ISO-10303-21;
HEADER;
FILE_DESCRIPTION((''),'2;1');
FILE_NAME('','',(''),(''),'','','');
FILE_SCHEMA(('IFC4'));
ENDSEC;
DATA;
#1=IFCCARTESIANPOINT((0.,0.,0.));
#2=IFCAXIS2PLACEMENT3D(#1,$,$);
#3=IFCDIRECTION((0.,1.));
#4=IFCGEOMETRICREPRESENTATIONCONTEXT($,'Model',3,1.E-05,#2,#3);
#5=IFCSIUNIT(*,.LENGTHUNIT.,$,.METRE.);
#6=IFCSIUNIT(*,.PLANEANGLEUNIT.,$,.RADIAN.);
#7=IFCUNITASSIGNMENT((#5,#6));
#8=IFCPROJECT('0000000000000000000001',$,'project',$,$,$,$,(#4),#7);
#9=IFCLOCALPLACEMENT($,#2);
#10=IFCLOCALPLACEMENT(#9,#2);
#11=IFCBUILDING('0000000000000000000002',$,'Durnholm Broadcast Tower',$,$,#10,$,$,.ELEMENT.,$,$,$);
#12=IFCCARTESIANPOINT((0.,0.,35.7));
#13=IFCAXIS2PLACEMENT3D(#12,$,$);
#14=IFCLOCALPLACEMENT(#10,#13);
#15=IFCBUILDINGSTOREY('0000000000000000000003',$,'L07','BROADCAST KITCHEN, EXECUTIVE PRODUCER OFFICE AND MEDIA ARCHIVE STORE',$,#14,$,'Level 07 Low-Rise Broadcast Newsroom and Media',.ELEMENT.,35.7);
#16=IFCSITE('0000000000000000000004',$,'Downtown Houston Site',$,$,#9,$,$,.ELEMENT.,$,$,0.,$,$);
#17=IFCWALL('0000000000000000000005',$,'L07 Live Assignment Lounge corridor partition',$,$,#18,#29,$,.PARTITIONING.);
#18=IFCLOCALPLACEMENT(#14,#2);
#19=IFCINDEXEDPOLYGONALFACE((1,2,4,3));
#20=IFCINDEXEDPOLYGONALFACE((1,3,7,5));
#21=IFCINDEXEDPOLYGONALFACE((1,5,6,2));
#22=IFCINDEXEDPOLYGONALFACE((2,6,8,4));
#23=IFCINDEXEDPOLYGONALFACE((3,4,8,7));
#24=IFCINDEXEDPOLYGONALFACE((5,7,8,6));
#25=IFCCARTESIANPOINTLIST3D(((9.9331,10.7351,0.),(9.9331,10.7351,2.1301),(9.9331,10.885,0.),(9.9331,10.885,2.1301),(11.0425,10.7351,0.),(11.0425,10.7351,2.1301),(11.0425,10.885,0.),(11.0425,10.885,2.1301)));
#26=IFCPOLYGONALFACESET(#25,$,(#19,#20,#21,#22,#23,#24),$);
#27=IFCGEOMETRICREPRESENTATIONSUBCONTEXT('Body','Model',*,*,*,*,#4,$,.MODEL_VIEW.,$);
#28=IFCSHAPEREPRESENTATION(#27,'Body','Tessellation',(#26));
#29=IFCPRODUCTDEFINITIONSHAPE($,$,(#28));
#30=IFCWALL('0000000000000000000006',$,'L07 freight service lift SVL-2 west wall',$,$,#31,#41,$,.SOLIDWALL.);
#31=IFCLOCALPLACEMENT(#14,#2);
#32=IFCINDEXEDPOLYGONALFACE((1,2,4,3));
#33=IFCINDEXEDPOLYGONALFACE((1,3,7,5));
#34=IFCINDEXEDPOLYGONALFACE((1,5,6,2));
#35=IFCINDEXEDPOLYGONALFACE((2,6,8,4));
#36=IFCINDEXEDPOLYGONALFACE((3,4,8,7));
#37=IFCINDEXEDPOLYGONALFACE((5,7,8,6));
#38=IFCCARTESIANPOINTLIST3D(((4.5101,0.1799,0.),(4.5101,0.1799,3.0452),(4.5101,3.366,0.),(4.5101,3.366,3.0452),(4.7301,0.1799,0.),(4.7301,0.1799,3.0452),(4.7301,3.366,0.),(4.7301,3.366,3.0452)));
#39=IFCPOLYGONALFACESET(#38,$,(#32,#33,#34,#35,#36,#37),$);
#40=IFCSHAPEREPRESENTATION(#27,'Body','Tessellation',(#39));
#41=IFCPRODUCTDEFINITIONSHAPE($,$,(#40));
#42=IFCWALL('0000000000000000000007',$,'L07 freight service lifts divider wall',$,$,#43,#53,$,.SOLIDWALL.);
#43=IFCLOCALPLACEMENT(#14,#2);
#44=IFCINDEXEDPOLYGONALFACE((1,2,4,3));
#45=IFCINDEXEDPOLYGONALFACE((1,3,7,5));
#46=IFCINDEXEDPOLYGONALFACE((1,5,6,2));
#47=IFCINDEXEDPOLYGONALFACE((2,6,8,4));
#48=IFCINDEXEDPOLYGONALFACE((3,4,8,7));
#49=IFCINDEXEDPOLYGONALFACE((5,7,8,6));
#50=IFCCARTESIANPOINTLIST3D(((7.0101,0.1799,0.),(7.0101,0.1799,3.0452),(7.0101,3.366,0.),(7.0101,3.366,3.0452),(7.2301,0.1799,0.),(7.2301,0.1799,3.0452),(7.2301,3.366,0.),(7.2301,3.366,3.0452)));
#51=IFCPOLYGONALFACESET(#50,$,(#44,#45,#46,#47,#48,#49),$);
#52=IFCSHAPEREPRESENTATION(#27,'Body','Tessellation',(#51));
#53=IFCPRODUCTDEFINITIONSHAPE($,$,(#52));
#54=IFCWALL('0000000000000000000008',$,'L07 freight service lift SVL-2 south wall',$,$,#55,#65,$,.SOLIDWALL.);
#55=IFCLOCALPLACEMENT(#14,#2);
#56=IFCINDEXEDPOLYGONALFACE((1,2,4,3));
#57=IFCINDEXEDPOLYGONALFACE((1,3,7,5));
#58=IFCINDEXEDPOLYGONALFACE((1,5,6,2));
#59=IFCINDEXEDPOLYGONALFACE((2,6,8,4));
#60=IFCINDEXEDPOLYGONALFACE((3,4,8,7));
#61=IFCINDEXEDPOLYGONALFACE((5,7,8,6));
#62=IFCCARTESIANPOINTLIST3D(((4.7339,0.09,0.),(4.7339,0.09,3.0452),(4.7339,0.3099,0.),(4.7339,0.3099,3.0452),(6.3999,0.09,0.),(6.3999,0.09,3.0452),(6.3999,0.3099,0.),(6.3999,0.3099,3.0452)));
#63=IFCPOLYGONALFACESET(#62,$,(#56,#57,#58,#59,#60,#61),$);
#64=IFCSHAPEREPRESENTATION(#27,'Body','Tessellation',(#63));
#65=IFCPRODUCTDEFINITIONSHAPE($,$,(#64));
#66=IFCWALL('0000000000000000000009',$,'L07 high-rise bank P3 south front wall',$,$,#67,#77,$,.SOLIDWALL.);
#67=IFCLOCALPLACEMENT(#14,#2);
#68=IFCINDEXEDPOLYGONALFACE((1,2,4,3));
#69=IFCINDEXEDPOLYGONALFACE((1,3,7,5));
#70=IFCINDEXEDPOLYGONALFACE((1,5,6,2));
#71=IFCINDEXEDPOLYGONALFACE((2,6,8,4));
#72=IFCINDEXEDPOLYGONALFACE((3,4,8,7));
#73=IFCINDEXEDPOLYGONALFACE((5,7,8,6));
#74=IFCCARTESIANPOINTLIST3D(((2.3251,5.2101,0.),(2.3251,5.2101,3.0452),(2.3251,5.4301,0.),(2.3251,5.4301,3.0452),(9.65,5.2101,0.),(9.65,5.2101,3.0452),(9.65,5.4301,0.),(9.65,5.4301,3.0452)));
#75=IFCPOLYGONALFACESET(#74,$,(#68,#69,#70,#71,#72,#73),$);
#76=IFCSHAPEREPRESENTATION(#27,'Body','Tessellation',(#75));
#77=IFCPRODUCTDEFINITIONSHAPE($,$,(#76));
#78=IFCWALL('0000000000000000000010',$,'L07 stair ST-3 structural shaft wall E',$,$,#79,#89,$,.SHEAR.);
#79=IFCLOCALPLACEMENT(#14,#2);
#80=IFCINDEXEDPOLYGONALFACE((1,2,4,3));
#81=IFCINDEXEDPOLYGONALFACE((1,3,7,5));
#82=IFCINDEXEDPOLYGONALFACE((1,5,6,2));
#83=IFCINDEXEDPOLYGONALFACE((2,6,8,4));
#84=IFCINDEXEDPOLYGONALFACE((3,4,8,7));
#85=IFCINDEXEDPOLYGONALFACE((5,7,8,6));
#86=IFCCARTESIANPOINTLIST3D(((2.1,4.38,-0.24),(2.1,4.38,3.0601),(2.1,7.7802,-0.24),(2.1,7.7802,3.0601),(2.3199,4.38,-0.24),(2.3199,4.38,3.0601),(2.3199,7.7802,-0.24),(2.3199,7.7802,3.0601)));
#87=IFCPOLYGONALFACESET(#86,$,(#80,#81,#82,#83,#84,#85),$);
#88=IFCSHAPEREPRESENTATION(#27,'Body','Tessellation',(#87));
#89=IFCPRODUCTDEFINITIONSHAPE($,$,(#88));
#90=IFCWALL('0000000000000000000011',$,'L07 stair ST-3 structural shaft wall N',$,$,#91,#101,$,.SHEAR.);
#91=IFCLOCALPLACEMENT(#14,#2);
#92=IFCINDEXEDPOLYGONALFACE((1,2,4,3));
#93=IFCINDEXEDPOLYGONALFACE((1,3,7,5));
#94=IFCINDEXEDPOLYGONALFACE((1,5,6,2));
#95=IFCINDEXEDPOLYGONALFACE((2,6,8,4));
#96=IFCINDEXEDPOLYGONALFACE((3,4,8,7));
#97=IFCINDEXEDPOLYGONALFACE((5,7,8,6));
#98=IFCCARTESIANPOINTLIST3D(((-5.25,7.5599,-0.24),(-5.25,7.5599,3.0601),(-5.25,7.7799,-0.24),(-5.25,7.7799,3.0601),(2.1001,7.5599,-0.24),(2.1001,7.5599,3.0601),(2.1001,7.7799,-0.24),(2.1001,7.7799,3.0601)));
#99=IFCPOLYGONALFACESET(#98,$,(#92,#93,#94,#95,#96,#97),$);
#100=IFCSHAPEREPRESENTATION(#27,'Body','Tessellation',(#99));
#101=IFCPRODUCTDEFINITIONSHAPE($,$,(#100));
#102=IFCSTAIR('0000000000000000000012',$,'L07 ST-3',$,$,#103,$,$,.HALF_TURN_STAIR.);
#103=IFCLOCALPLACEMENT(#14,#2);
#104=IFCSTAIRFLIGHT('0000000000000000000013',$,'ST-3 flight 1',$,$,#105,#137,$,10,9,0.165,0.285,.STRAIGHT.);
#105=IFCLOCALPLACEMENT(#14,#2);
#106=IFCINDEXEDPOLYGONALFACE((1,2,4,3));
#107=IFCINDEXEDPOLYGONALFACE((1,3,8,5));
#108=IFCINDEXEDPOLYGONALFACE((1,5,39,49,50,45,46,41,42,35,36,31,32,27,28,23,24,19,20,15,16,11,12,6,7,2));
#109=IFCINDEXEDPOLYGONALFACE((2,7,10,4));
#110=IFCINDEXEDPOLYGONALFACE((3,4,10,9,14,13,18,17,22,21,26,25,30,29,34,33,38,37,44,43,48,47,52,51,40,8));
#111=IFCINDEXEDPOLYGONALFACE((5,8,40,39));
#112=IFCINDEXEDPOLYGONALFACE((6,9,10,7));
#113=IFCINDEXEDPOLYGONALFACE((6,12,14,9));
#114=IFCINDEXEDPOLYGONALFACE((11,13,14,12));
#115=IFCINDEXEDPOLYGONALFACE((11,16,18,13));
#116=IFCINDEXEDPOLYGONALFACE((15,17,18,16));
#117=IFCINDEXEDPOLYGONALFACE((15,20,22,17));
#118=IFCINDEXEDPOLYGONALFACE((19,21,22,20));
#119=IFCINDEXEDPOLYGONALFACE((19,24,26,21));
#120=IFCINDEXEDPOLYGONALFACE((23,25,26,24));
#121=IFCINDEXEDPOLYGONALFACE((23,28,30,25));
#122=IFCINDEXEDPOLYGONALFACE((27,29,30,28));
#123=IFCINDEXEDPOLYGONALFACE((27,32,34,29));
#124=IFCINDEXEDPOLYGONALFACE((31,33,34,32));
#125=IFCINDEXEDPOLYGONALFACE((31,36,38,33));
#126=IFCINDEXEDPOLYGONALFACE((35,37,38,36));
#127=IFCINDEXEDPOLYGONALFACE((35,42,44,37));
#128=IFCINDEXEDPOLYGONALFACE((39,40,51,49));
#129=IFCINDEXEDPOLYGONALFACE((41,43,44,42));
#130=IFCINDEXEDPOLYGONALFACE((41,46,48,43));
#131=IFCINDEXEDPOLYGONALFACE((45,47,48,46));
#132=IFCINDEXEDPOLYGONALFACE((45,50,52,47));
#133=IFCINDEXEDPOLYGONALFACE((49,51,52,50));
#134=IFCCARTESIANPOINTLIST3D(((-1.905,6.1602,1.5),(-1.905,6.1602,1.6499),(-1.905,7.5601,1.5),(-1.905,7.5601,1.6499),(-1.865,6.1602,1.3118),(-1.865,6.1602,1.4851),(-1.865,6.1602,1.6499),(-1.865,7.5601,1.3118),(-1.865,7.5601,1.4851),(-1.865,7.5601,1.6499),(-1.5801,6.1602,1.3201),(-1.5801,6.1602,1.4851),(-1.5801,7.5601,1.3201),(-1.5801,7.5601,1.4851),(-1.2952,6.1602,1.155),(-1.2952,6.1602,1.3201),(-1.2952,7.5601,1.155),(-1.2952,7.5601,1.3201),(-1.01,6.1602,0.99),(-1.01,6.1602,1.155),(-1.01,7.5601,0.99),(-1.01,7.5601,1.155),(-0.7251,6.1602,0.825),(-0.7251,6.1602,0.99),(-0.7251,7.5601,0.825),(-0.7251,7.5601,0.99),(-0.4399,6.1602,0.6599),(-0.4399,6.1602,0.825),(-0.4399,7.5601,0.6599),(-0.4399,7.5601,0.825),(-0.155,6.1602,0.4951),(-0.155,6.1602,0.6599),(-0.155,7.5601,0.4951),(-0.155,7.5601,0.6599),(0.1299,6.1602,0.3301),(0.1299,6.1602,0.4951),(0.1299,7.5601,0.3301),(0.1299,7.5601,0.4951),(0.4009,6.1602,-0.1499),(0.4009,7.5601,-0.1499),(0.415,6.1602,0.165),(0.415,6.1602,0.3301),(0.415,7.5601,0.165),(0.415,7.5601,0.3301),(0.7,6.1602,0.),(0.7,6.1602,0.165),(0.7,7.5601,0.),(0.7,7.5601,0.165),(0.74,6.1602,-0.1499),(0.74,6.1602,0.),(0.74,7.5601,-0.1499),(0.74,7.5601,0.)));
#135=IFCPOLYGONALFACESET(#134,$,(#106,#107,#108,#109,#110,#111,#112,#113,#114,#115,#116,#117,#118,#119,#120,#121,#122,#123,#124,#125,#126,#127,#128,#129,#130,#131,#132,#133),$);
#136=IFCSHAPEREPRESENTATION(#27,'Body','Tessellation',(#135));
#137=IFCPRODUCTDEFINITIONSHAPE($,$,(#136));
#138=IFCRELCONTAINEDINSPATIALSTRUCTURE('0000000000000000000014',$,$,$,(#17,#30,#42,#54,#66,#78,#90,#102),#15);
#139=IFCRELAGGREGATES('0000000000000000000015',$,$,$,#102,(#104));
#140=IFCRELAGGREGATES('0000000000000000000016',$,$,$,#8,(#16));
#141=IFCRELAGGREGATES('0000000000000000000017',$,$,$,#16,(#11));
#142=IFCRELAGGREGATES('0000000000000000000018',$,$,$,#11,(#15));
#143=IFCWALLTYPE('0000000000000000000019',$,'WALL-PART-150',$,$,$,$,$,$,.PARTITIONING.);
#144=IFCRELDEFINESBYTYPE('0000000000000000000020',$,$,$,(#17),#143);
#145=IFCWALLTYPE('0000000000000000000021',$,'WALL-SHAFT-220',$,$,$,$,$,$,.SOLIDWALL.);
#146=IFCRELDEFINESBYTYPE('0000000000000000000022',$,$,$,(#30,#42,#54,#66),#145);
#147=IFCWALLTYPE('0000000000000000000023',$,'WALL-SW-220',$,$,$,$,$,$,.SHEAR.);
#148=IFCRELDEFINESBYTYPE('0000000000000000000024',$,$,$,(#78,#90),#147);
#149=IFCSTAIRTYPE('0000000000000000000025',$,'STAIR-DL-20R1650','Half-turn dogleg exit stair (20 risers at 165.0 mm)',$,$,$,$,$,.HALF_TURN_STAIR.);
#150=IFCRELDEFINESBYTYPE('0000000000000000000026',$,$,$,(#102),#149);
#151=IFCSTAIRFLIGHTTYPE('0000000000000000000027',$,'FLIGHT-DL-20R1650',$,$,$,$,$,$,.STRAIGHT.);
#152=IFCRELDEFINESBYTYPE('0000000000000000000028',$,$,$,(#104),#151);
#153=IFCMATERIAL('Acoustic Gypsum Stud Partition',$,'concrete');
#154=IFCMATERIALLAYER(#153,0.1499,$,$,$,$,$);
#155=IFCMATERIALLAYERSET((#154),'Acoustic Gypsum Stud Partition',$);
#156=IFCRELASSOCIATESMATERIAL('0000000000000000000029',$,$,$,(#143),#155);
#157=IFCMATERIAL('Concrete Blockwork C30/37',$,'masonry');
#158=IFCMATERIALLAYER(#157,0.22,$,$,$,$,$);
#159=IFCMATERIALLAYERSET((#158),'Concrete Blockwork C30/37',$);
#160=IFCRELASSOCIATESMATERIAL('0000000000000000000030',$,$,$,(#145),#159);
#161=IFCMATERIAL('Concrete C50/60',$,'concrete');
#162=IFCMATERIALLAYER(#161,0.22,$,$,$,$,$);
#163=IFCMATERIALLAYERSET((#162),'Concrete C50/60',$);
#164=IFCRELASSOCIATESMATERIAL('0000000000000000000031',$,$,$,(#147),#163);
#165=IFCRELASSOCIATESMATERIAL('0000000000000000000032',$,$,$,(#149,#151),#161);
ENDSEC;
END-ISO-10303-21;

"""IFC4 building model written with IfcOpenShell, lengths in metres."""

from ifc_helpers import new_model, si_unit, direction, frame, frame_2d, origin, place, context, subcontext, project, spatial, polyline, rectangle, outline, extrude, material, layer, layer_set, type_object, element, aggregate, save


model = new_model("IFC4")

# Units and contexts
model_context = context("Model", 3, precision=1e-05, world=origin(), true_north=direction((0.0, 1.0)))
body_context = subcontext(model_context, "Body", "Model", "MODEL_VIEW")
ifc_project = project(units=[si_unit("LENGTHUNIT", "METRE"), si_unit("PLANEANGLEUNIT", "RADIAN")], contexts=[model_context])

# Site, building, storey
site_placement = place(None, origin())
site = spatial("IfcSite", under=ifc_project, at=site_placement, Name="Downtown Houston Site", CompositionType="ELEMENT", RefElevation=0.0)
building_placement = place(site_placement, origin())
building = spatial("IfcBuilding", under=site, at=building_placement, Name="Durnholm Broadcast Tower", CompositionType="ELEMENT")
storey_placement = place(building_placement, frame((0.0, 0.0, 35.7)))
storey = spatial("IfcBuildingStorey", under=building, at=storey_placement, Name="L07", Description="BROADCAST KITCHEN, EXECUTIVE PRODUCER OFFICE AND MEDIA ARCHIVE STORE", LongName="Level 07 Low-Rise Broadcast Newsroom and Media", CompositionType="ELEMENT", Elevation=35.7)

# Shared definitions
ifc_material_1 = material(Name="Acoustic Gypsum Stud Partition", Category="concrete")
ifc_layer_1 = layer(ifc_material_1, 0.1499)
ifc_layer_set_1 = layer_set([ifc_layer_1], Name="Acoustic Gypsum Stud Partition")
wall_type_1 = type_object("IfcWallType", Name="WALL-PART-150", PredefinedType="PARTITIONING", material=ifc_layer_set_1)

# Wall
wall_1_placement = place(storey_placement, frame((11.0425, 10.8101, 0.0), z_axis=(0.0, 0.0, 1.0), x_axis=(-1.0, 0.0, 0.0)))
element("IfcWall", 1, at=wall_1_placement, inside=storey, type_object=wall_type_1, Name="L07 Live Assignment Lounge corridor partition", PredefinedType="PARTITIONING", context=body_context, shape_type="SweptSolid", body=[
    extrude(rectangle(XDim=1.1094, YDim=0.1499, at=frame_2d((0.5547, 0.0))), origin(), (0.0, 0.0, 1.0), 2.1301),
])

# Shared definitions
ifc_material_2 = material(Name="Concrete Blockwork C30/37", Category="masonry")
ifc_layer_2 = layer(ifc_material_2, 0.22)
ifc_layer_set_2 = layer_set([ifc_layer_2], Name="Concrete Blockwork C30/37")
wall_type_2 = type_object("IfcWallType", Name="WALL-SHAFT-220", PredefinedType="SOLIDWALL", material=ifc_layer_set_2)

# Walls
for number, where, z_axis, x_axis, name in (
    (2, (4.6201, 0.1799, 0.0), (0.0, 0.0, 1.0), (0.0, 1.0, 0.0), "L07 freight service lift SVL-2 west wall"),
    (3, (7.1201, 0.1799, 0.0), (0.0, 0.0, 1.0), (0.0, 1.0, 0.0), "L07 freight service lifts divider wall"),
):
    element("IfcWall", number, at=place(storey_placement, frame(where, z_axis=z_axis, x_axis=x_axis)), inside=storey, type_object=wall_type_2, Name=name, PredefinedType="SOLIDWALL", context=body_context, shape_type="SweptSolid", body=[
        extrude(rectangle(XDim=3.186, YDim=0.22, at=frame_2d((1.593, 0.0))), origin(), (0.0, 0.0, 1.0), 3.0452),
    ])
wall_2_placement = place(storey_placement, frame((4.7339, 0.2, 0.0), z_axis=(0.0, 0.0, 1.0), x_axis=(1.0, 0.0, 0.0)))
element("IfcWall", 4, at=wall_2_placement, inside=storey, type_object=wall_type_2, Name="L07 freight service lift SVL-2 south wall", PredefinedType="SOLIDWALL", context=body_context, shape_type="SweptSolid", body=[
    extrude(rectangle(XDim=1.666, YDim=0.22, at=frame_2d((0.833, 0.0))), origin(), (0.0, 0.0, 1.0), 3.0452),
])
wall_3_placement = place(storey_placement, frame((2.325, 5.3201, 0.0), z_axis=(0.0, 0.0, 1.0), x_axis=(1.0, 0.0, 0.0)))
element("IfcWall", 5, at=wall_3_placement, inside=storey, type_object=wall_type_2, Name="L07 high-rise bank P3 south front wall", PredefinedType="SOLIDWALL", context=body_context, shape_type="SweptSolid", body=[
    extrude(rectangle(XDim=7.325, YDim=0.22, at=frame_2d((3.6626, 0.0))), origin(), (0.0, 0.0, 1.0), 3.0452),
])
ifc_material_3 = material(Name="Concrete C50/60", Category="concrete")
ifc_layer_3 = layer(ifc_material_3, 0.22)
ifc_layer_set_3 = layer_set([ifc_layer_3], Name="Concrete C50/60")
wall_type_3 = type_object("IfcWallType", Name="WALL-SW-220", PredefinedType="SHEAR", material=ifc_layer_set_3)
wall_4_placement = place(storey_placement, frame((2.21, 4.3799, -0.24), z_axis=(0.0, 0.0, 1.0), x_axis=(0.0, 1.0, 0.0)))
element("IfcWall", 6, at=wall_4_placement, inside=storey, type_object=wall_type_3, Name="L07 stair ST-3 structural shaft wall E", PredefinedType="SHEAR", context=body_context, shape_type="SweptSolid", body=[
    extrude(rectangle(XDim=3.4001, YDim=0.22, at=frame_2d((1.7002, 0.0))), origin(), (0.0, 0.0, 1.0), 3.3),
])
wall_5_placement = place(storey_placement, frame((2.1001, 7.6699, -0.24), z_axis=(0.0, 0.0, 1.0), x_axis=(-1.0, 0.0, 0.0)))
element("IfcWall", 7, at=wall_5_placement, inside=storey, type_object=wall_type_3, Name="L07 stair ST-3 structural shaft wall N", PredefinedType="SHEAR", context=body_context, shape_type="SweptSolid", body=[
    extrude(rectangle(XDim=7.3501, YDim=0.22, at=frame_2d((3.675, 0.0))), origin(), (0.0, 0.0, 1.0), 3.3),
])

# Stair, stair flight
stair_type = type_object("IfcStairType", Name="STAIR-DL-20R1650", Description="Half-turn dogleg exit stair (20 risers at 165.0 mm)", PredefinedType="HALF_TURN_STAIR", material=ifc_material_3)
stair_placement = place(storey_placement, origin())
stair = element("IfcStair", 8, at=stair_placement, inside=storey, type_object=stair_type, Name="L07 ST-3", PredefinedType="HALF_TURN_STAIR")
stair_flight_type = type_object("IfcStairFlightType", Name="FLIGHT-DL-20R1650", PredefinedType="STRAIGHT", material=ifc_material_3)
stair_flight_placement = place(storey_placement, frame((0.7, 6.8601, 0.0), z_axis=(0.0, 0.0, 1.0), x_axis=(-1.0, 0.0, 0.0)))
stair_flight = element("IfcStairFlight", 9, at=stair_flight_placement, type_object=stair_flight_type, Name="ST-3 flight 1", NumberOfRisers=10, NumberOfTreads=9, PredefinedType="STRAIGHT", RiserHeight=0.165, TreadLength=0.285, context=body_context, shape_type="SweptSolid", body=[
    extrude(outline(polyline([(-0.04, -0.1499), (-0.04, 0.0), (0.0, 0.0), (0.0, 0.165), (0.2849, 0.165), (0.2849, 0.3301), (0.5701, 0.3301), (0.5701, 0.4951), (0.855, 0.4951), (0.855, 0.6599), (1.1399, 0.6599), (1.1399, 0.825), (1.425, 0.825), (1.425, 0.99), (1.71, 0.99), (1.71, 1.155), (1.9951, 1.155), (1.9951, 1.3201), (2.28, 1.3201), (2.28, 1.4851), (2.5649, 1.4851), (2.5649, 1.6499), (2.605, 1.6499), (2.605, 1.5), (2.5649, 1.3118), (0.2991, -0.1499), (-0.04, -0.1499)])), frame((0.0, 0.7, 0.0), z_axis=(0.0, -1.0, 0.0), x_axis=(1.0, 0.0, 0.0)), (0.0, 0.0, 1.0), 1.3999),
])
aggregate(stair, [stair_flight])

save(model, "model.ifc")
